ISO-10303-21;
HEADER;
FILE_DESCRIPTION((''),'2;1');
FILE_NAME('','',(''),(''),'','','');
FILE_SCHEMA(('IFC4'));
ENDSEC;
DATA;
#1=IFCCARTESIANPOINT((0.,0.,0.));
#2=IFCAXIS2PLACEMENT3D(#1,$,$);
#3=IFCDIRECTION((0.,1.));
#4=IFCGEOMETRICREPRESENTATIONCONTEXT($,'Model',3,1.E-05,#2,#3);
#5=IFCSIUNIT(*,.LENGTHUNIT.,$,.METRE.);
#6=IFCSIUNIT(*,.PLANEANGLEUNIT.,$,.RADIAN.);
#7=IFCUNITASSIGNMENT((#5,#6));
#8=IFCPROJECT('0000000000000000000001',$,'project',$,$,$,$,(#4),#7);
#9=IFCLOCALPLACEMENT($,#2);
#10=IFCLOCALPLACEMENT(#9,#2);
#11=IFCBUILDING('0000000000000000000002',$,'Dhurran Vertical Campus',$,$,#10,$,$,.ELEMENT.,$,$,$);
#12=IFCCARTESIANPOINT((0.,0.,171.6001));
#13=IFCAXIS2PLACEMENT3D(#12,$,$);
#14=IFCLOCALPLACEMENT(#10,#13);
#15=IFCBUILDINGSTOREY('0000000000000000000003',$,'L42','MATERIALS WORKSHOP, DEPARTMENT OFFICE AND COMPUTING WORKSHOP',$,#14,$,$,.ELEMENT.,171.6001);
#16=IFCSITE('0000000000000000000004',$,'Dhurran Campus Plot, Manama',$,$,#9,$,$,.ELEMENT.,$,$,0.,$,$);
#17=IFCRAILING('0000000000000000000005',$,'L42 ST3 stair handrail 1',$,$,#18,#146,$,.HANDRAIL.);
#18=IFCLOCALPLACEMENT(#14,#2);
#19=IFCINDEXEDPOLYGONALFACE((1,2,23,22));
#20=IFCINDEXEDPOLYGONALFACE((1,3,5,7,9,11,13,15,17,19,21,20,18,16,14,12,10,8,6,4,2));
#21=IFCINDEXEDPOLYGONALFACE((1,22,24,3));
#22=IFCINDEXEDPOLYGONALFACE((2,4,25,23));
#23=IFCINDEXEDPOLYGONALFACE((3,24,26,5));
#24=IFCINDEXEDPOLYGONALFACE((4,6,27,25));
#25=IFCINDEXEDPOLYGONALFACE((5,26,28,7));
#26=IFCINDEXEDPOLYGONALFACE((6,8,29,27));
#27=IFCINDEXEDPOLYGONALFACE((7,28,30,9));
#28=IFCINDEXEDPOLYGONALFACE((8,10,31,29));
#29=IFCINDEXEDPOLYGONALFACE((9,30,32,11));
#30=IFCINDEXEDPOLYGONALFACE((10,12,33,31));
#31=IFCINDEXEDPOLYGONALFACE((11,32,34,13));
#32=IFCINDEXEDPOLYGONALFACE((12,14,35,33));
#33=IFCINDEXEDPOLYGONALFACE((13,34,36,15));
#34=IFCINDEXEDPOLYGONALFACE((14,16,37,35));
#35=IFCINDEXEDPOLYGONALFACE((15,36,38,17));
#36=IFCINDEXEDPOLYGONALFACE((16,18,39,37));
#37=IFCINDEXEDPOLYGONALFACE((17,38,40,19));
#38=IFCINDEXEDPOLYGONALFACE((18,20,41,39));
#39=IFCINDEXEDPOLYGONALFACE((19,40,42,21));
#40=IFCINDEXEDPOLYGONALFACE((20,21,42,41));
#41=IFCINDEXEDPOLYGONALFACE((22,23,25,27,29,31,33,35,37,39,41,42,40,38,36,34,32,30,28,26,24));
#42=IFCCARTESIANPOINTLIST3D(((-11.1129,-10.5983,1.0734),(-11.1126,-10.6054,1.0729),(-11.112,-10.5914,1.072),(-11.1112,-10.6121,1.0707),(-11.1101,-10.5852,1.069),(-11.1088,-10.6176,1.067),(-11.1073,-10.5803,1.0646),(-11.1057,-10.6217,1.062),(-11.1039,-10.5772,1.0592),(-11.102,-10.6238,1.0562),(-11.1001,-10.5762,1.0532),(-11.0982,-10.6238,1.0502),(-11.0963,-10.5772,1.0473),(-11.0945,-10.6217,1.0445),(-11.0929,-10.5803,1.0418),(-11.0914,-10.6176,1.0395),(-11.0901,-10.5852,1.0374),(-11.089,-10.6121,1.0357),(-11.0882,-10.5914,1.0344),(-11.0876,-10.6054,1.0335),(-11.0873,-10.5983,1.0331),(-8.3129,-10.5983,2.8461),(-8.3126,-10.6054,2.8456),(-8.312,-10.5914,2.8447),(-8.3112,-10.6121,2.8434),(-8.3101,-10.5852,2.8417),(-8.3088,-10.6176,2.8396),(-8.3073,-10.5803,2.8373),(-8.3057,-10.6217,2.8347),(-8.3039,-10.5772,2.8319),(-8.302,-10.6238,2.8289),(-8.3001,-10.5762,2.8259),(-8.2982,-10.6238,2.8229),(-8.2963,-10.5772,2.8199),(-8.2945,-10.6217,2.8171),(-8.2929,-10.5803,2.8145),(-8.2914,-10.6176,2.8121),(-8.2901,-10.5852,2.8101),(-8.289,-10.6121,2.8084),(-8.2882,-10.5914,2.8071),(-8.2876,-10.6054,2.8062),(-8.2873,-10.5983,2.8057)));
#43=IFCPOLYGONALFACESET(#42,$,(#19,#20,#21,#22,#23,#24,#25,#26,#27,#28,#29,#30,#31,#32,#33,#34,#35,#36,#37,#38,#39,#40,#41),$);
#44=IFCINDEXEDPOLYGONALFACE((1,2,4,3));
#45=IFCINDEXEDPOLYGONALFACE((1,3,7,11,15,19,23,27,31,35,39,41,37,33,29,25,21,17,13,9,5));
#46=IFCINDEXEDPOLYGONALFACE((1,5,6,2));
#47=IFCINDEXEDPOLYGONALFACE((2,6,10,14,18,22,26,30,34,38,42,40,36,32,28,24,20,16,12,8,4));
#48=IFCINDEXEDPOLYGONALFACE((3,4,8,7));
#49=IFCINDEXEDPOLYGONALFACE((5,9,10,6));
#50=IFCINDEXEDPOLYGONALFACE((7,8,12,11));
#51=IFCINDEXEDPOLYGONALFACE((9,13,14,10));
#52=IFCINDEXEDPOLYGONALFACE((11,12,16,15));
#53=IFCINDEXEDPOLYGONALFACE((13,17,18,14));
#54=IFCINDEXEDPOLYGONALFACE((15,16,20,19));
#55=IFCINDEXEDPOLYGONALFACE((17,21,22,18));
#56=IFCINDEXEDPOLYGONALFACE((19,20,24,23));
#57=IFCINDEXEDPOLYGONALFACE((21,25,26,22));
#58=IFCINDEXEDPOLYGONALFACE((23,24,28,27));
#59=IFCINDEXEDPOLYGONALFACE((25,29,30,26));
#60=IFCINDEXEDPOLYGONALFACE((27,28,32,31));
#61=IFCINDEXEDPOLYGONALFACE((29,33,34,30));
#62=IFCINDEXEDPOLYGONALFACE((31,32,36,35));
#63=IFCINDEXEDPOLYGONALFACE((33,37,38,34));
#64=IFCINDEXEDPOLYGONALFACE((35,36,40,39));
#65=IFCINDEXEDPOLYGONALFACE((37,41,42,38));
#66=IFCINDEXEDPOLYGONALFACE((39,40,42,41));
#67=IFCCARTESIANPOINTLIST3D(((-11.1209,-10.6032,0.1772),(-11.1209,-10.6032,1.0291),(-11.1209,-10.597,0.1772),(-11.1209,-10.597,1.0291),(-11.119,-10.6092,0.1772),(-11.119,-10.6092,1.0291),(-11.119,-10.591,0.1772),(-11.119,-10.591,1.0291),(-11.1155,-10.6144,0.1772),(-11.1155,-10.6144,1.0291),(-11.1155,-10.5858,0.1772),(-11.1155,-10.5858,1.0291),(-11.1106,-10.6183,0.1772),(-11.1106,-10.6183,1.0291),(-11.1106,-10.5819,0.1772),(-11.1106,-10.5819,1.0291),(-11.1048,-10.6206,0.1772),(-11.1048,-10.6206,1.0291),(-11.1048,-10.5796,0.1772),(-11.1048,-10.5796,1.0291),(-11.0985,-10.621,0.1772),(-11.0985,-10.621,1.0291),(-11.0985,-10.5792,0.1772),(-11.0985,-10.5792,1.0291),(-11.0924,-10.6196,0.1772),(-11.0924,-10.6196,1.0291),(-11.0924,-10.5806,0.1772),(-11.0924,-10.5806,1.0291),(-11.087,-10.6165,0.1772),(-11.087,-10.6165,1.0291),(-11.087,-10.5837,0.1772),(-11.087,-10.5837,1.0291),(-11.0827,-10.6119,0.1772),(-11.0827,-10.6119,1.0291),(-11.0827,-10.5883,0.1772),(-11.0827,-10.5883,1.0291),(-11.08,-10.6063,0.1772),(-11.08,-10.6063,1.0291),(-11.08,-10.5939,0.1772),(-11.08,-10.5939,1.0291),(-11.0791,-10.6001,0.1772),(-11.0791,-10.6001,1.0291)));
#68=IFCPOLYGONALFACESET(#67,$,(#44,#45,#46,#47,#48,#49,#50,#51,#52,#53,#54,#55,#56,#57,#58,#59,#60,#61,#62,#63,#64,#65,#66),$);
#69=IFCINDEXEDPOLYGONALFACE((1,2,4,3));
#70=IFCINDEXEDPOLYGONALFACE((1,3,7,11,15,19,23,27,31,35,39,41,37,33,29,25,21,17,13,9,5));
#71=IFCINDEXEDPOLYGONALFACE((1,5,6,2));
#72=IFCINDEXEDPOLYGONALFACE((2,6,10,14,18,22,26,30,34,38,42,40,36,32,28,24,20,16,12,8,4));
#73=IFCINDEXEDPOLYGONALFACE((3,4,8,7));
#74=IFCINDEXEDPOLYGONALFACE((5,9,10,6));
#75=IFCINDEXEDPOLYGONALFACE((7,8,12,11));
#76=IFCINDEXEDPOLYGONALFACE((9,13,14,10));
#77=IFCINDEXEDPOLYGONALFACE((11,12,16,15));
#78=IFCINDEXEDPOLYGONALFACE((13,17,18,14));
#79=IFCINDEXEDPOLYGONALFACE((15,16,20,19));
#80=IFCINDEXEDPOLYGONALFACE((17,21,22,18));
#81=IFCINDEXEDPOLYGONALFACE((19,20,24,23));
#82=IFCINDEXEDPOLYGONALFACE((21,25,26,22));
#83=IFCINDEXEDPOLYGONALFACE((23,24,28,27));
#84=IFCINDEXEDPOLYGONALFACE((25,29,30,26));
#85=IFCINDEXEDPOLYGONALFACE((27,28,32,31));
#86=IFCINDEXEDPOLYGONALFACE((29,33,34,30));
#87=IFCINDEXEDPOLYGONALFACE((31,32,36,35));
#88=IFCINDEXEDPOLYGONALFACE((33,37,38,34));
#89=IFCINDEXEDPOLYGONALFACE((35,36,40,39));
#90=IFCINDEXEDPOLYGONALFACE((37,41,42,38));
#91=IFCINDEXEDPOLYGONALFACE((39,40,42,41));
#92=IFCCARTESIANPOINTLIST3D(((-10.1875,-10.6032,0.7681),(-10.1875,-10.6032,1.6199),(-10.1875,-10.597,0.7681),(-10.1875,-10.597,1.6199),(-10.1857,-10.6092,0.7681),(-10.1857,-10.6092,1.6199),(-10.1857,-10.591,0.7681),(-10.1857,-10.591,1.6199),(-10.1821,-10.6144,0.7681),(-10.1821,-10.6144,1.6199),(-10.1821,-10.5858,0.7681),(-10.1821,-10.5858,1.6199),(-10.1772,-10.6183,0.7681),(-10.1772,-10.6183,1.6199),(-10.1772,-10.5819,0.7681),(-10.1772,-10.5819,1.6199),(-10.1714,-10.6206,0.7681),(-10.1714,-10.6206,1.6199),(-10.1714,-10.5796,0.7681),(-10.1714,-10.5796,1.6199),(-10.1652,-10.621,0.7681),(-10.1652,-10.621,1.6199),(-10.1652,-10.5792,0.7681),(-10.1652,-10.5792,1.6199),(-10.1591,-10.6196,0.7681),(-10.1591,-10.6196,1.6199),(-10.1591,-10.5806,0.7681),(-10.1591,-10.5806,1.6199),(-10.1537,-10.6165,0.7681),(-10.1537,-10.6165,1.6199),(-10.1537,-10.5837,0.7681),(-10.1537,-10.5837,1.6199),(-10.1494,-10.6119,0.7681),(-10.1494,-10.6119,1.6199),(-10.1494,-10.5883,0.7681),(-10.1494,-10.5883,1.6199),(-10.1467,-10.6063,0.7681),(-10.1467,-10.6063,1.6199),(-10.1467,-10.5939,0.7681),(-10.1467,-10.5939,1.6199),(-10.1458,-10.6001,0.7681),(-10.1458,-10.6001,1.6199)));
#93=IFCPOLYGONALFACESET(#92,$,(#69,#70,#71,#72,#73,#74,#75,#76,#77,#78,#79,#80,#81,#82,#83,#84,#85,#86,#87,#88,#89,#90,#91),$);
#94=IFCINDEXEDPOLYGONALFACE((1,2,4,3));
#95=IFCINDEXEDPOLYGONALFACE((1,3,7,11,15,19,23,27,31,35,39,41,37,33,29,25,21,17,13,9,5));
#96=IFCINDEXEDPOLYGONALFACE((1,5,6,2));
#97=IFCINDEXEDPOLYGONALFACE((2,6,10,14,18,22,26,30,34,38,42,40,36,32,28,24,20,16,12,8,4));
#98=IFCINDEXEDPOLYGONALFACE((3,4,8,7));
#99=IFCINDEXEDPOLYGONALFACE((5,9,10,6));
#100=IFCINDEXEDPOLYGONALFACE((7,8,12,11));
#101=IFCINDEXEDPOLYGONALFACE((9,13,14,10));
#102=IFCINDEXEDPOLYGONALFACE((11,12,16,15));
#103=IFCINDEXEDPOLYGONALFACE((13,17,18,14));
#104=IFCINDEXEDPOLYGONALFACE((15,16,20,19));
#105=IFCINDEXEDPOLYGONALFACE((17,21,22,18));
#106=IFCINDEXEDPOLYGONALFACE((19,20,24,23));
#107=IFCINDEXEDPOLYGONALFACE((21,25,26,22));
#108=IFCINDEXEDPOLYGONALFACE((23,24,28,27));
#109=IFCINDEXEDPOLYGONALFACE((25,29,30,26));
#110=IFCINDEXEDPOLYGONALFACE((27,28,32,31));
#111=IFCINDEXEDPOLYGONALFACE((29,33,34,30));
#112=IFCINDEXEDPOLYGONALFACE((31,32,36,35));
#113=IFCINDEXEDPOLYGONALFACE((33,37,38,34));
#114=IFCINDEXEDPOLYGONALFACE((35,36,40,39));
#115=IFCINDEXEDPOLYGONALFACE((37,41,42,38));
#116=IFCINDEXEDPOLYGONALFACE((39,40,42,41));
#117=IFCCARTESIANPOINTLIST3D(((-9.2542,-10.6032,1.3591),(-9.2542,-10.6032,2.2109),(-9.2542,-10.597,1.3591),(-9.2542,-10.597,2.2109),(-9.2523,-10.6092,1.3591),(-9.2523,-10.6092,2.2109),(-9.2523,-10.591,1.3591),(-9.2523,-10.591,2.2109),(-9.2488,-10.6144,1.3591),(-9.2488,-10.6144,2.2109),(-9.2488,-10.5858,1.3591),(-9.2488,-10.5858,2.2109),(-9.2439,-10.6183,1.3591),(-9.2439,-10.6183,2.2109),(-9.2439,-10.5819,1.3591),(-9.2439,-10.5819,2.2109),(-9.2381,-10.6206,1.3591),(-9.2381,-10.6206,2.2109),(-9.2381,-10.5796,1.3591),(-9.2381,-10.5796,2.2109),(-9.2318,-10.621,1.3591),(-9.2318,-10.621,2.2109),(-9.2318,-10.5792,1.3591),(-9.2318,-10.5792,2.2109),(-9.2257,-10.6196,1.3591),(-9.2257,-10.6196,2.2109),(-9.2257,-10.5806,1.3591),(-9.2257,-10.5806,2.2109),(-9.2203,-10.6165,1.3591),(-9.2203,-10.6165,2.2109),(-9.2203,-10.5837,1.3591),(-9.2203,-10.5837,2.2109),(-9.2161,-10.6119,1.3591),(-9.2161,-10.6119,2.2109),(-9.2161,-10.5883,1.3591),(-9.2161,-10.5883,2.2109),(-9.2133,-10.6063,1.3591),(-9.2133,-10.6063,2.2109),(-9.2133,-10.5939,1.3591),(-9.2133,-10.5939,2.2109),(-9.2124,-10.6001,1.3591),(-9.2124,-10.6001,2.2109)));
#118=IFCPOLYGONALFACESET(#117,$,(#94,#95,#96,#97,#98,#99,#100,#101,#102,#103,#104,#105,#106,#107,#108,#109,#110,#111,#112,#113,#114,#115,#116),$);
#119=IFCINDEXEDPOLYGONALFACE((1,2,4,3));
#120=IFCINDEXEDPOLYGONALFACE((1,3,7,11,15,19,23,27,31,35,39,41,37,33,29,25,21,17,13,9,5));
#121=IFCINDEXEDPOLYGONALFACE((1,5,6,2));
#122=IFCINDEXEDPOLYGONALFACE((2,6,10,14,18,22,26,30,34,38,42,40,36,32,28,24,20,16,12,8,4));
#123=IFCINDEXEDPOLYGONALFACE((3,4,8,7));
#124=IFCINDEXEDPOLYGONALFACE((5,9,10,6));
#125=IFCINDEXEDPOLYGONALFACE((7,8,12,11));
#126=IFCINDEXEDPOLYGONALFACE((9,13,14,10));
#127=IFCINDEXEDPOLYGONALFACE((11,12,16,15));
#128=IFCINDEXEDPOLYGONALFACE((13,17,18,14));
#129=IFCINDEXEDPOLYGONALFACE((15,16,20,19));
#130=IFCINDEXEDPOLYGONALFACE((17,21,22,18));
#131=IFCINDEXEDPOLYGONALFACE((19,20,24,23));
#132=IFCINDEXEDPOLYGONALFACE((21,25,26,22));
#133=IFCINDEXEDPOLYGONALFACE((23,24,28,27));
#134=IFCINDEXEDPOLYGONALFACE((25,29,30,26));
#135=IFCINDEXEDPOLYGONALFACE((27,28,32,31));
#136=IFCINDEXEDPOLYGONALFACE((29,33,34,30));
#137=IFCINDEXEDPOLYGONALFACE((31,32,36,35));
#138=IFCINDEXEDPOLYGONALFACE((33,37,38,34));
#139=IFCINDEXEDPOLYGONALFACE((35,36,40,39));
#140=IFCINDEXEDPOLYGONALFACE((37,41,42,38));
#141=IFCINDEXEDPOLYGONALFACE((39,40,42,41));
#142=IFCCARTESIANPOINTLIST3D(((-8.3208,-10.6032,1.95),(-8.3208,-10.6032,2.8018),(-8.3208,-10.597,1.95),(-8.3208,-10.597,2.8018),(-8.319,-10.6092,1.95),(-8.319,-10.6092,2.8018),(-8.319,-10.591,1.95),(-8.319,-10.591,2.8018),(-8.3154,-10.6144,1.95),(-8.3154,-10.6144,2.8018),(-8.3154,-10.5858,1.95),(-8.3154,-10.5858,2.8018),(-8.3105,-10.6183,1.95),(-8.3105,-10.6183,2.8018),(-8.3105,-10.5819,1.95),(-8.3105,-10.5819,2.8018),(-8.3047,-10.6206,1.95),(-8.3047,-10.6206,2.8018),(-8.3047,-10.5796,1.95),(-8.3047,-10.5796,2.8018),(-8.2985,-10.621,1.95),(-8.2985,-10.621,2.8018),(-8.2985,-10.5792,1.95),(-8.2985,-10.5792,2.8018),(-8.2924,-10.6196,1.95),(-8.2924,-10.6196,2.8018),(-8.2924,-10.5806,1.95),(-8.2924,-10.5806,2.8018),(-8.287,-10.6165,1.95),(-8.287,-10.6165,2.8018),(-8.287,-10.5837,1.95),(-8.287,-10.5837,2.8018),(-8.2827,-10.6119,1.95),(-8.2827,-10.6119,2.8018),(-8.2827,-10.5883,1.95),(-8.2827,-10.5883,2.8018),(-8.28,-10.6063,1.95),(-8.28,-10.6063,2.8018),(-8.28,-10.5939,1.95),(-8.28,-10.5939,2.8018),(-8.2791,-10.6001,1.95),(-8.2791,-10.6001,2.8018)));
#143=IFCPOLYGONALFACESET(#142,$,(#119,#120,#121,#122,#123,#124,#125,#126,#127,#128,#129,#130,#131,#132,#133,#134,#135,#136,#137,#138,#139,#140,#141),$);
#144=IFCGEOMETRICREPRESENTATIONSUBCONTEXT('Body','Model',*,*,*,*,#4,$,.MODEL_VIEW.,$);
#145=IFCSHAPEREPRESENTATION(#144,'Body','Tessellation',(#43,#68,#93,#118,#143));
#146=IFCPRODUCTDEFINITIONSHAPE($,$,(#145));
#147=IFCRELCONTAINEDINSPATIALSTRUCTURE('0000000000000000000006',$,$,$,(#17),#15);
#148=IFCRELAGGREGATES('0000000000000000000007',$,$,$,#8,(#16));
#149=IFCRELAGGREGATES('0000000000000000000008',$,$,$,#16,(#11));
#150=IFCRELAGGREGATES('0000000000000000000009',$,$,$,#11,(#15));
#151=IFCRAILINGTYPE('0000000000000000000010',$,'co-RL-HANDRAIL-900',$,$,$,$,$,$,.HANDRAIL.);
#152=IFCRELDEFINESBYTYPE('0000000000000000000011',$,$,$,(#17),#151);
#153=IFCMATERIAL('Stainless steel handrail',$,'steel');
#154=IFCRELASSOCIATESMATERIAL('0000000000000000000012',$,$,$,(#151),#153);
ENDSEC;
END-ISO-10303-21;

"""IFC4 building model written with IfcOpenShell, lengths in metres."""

from ifc_helpers import new_model, si_unit, direction, frame, origin, origin_2d, place, context, subcontext, project, spatial, circle, extrude, material, type_object, element, save


model = new_model("IFC4")

# Units and contexts
model_context = context("Model", 3, precision=1e-05, world=origin(), true_north=direction((0.0, 1.0)))
body_context = subcontext(model_context, "Body", "Model", "MODEL_VIEW")
ifc_project = project(units=[si_unit("LENGTHUNIT", "METRE"), si_unit("PLANEANGLEUNIT", "RADIAN")], contexts=[model_context])

# Site, building, storey
site_placement = place(None, origin())
site = spatial("IfcSite", under=ifc_project, at=site_placement, Name="Dhurran Campus Plot, Manama", CompositionType="ELEMENT", RefElevation=0.0)
building_placement = place(site_placement, origin())
building = spatial("IfcBuilding", under=site, at=building_placement, Name="Dhurran Vertical Campus", CompositionType="ELEMENT")
storey_placement = place(building_placement, frame((0.0, 0.0, 171.6001)))
storey = spatial("IfcBuildingStorey", under=building, at=storey_placement, Name="L42", Description="MATERIALS WORKSHOP, DEPARTMENT OFFICE AND COMPUTING WORKSHOP", CompositionType="ELEMENT", Elevation=171.6001)

# Railing
ifc_material_1 = material(Name="Stainless steel handrail", Category="steel")
railing_type_1 = type_object("IfcRailingType", Name="co-RL-HANDRAIL-900", PredefinedType="HANDRAIL", material=ifc_material_1)
railing_1_placement = place(storey_placement, frame((-11.1001, -10.6001, 0.1772)))
element("IfcRailing", 1, at=railing_1_placement, inside=storey, type_object=railing_type_1, Name="L42 ST3 stair handrail 1", PredefinedType="HANDRAIL", context=body_context, shape_type="SweptSolid", body=[
    extrude(circle(Radius=0.0239, at=origin_2d()), frame((0.0, 0.0, 0.876), z_axis=(0.844909, 0.0, 0.53491), x_axis=(0.0, 1.0, 0.0)), (0.0, 0.0, 1.0), 3.314),
    extrude(circle(Radius=0.021, at=origin_2d()), origin(), (0.0, 0.0, 1.0), 0.8518),
    extrude(circle(Radius=0.021, at=origin_2d()), frame((0.9333, 0.0, 0.5908)), (0.0, 0.0, 1.0), 0.8518),
    extrude(circle(Radius=0.021, at=origin_2d()), frame((1.8667, 0.0, 1.1819)), (0.0, 0.0, 1.0), 0.8518),
    extrude(circle(Radius=0.021, at=origin_2d()), frame((2.8, 0.0, 1.7727)), (0.0, 0.0, 1.0), 0.8518),
])

save(model, "model.ifc")
